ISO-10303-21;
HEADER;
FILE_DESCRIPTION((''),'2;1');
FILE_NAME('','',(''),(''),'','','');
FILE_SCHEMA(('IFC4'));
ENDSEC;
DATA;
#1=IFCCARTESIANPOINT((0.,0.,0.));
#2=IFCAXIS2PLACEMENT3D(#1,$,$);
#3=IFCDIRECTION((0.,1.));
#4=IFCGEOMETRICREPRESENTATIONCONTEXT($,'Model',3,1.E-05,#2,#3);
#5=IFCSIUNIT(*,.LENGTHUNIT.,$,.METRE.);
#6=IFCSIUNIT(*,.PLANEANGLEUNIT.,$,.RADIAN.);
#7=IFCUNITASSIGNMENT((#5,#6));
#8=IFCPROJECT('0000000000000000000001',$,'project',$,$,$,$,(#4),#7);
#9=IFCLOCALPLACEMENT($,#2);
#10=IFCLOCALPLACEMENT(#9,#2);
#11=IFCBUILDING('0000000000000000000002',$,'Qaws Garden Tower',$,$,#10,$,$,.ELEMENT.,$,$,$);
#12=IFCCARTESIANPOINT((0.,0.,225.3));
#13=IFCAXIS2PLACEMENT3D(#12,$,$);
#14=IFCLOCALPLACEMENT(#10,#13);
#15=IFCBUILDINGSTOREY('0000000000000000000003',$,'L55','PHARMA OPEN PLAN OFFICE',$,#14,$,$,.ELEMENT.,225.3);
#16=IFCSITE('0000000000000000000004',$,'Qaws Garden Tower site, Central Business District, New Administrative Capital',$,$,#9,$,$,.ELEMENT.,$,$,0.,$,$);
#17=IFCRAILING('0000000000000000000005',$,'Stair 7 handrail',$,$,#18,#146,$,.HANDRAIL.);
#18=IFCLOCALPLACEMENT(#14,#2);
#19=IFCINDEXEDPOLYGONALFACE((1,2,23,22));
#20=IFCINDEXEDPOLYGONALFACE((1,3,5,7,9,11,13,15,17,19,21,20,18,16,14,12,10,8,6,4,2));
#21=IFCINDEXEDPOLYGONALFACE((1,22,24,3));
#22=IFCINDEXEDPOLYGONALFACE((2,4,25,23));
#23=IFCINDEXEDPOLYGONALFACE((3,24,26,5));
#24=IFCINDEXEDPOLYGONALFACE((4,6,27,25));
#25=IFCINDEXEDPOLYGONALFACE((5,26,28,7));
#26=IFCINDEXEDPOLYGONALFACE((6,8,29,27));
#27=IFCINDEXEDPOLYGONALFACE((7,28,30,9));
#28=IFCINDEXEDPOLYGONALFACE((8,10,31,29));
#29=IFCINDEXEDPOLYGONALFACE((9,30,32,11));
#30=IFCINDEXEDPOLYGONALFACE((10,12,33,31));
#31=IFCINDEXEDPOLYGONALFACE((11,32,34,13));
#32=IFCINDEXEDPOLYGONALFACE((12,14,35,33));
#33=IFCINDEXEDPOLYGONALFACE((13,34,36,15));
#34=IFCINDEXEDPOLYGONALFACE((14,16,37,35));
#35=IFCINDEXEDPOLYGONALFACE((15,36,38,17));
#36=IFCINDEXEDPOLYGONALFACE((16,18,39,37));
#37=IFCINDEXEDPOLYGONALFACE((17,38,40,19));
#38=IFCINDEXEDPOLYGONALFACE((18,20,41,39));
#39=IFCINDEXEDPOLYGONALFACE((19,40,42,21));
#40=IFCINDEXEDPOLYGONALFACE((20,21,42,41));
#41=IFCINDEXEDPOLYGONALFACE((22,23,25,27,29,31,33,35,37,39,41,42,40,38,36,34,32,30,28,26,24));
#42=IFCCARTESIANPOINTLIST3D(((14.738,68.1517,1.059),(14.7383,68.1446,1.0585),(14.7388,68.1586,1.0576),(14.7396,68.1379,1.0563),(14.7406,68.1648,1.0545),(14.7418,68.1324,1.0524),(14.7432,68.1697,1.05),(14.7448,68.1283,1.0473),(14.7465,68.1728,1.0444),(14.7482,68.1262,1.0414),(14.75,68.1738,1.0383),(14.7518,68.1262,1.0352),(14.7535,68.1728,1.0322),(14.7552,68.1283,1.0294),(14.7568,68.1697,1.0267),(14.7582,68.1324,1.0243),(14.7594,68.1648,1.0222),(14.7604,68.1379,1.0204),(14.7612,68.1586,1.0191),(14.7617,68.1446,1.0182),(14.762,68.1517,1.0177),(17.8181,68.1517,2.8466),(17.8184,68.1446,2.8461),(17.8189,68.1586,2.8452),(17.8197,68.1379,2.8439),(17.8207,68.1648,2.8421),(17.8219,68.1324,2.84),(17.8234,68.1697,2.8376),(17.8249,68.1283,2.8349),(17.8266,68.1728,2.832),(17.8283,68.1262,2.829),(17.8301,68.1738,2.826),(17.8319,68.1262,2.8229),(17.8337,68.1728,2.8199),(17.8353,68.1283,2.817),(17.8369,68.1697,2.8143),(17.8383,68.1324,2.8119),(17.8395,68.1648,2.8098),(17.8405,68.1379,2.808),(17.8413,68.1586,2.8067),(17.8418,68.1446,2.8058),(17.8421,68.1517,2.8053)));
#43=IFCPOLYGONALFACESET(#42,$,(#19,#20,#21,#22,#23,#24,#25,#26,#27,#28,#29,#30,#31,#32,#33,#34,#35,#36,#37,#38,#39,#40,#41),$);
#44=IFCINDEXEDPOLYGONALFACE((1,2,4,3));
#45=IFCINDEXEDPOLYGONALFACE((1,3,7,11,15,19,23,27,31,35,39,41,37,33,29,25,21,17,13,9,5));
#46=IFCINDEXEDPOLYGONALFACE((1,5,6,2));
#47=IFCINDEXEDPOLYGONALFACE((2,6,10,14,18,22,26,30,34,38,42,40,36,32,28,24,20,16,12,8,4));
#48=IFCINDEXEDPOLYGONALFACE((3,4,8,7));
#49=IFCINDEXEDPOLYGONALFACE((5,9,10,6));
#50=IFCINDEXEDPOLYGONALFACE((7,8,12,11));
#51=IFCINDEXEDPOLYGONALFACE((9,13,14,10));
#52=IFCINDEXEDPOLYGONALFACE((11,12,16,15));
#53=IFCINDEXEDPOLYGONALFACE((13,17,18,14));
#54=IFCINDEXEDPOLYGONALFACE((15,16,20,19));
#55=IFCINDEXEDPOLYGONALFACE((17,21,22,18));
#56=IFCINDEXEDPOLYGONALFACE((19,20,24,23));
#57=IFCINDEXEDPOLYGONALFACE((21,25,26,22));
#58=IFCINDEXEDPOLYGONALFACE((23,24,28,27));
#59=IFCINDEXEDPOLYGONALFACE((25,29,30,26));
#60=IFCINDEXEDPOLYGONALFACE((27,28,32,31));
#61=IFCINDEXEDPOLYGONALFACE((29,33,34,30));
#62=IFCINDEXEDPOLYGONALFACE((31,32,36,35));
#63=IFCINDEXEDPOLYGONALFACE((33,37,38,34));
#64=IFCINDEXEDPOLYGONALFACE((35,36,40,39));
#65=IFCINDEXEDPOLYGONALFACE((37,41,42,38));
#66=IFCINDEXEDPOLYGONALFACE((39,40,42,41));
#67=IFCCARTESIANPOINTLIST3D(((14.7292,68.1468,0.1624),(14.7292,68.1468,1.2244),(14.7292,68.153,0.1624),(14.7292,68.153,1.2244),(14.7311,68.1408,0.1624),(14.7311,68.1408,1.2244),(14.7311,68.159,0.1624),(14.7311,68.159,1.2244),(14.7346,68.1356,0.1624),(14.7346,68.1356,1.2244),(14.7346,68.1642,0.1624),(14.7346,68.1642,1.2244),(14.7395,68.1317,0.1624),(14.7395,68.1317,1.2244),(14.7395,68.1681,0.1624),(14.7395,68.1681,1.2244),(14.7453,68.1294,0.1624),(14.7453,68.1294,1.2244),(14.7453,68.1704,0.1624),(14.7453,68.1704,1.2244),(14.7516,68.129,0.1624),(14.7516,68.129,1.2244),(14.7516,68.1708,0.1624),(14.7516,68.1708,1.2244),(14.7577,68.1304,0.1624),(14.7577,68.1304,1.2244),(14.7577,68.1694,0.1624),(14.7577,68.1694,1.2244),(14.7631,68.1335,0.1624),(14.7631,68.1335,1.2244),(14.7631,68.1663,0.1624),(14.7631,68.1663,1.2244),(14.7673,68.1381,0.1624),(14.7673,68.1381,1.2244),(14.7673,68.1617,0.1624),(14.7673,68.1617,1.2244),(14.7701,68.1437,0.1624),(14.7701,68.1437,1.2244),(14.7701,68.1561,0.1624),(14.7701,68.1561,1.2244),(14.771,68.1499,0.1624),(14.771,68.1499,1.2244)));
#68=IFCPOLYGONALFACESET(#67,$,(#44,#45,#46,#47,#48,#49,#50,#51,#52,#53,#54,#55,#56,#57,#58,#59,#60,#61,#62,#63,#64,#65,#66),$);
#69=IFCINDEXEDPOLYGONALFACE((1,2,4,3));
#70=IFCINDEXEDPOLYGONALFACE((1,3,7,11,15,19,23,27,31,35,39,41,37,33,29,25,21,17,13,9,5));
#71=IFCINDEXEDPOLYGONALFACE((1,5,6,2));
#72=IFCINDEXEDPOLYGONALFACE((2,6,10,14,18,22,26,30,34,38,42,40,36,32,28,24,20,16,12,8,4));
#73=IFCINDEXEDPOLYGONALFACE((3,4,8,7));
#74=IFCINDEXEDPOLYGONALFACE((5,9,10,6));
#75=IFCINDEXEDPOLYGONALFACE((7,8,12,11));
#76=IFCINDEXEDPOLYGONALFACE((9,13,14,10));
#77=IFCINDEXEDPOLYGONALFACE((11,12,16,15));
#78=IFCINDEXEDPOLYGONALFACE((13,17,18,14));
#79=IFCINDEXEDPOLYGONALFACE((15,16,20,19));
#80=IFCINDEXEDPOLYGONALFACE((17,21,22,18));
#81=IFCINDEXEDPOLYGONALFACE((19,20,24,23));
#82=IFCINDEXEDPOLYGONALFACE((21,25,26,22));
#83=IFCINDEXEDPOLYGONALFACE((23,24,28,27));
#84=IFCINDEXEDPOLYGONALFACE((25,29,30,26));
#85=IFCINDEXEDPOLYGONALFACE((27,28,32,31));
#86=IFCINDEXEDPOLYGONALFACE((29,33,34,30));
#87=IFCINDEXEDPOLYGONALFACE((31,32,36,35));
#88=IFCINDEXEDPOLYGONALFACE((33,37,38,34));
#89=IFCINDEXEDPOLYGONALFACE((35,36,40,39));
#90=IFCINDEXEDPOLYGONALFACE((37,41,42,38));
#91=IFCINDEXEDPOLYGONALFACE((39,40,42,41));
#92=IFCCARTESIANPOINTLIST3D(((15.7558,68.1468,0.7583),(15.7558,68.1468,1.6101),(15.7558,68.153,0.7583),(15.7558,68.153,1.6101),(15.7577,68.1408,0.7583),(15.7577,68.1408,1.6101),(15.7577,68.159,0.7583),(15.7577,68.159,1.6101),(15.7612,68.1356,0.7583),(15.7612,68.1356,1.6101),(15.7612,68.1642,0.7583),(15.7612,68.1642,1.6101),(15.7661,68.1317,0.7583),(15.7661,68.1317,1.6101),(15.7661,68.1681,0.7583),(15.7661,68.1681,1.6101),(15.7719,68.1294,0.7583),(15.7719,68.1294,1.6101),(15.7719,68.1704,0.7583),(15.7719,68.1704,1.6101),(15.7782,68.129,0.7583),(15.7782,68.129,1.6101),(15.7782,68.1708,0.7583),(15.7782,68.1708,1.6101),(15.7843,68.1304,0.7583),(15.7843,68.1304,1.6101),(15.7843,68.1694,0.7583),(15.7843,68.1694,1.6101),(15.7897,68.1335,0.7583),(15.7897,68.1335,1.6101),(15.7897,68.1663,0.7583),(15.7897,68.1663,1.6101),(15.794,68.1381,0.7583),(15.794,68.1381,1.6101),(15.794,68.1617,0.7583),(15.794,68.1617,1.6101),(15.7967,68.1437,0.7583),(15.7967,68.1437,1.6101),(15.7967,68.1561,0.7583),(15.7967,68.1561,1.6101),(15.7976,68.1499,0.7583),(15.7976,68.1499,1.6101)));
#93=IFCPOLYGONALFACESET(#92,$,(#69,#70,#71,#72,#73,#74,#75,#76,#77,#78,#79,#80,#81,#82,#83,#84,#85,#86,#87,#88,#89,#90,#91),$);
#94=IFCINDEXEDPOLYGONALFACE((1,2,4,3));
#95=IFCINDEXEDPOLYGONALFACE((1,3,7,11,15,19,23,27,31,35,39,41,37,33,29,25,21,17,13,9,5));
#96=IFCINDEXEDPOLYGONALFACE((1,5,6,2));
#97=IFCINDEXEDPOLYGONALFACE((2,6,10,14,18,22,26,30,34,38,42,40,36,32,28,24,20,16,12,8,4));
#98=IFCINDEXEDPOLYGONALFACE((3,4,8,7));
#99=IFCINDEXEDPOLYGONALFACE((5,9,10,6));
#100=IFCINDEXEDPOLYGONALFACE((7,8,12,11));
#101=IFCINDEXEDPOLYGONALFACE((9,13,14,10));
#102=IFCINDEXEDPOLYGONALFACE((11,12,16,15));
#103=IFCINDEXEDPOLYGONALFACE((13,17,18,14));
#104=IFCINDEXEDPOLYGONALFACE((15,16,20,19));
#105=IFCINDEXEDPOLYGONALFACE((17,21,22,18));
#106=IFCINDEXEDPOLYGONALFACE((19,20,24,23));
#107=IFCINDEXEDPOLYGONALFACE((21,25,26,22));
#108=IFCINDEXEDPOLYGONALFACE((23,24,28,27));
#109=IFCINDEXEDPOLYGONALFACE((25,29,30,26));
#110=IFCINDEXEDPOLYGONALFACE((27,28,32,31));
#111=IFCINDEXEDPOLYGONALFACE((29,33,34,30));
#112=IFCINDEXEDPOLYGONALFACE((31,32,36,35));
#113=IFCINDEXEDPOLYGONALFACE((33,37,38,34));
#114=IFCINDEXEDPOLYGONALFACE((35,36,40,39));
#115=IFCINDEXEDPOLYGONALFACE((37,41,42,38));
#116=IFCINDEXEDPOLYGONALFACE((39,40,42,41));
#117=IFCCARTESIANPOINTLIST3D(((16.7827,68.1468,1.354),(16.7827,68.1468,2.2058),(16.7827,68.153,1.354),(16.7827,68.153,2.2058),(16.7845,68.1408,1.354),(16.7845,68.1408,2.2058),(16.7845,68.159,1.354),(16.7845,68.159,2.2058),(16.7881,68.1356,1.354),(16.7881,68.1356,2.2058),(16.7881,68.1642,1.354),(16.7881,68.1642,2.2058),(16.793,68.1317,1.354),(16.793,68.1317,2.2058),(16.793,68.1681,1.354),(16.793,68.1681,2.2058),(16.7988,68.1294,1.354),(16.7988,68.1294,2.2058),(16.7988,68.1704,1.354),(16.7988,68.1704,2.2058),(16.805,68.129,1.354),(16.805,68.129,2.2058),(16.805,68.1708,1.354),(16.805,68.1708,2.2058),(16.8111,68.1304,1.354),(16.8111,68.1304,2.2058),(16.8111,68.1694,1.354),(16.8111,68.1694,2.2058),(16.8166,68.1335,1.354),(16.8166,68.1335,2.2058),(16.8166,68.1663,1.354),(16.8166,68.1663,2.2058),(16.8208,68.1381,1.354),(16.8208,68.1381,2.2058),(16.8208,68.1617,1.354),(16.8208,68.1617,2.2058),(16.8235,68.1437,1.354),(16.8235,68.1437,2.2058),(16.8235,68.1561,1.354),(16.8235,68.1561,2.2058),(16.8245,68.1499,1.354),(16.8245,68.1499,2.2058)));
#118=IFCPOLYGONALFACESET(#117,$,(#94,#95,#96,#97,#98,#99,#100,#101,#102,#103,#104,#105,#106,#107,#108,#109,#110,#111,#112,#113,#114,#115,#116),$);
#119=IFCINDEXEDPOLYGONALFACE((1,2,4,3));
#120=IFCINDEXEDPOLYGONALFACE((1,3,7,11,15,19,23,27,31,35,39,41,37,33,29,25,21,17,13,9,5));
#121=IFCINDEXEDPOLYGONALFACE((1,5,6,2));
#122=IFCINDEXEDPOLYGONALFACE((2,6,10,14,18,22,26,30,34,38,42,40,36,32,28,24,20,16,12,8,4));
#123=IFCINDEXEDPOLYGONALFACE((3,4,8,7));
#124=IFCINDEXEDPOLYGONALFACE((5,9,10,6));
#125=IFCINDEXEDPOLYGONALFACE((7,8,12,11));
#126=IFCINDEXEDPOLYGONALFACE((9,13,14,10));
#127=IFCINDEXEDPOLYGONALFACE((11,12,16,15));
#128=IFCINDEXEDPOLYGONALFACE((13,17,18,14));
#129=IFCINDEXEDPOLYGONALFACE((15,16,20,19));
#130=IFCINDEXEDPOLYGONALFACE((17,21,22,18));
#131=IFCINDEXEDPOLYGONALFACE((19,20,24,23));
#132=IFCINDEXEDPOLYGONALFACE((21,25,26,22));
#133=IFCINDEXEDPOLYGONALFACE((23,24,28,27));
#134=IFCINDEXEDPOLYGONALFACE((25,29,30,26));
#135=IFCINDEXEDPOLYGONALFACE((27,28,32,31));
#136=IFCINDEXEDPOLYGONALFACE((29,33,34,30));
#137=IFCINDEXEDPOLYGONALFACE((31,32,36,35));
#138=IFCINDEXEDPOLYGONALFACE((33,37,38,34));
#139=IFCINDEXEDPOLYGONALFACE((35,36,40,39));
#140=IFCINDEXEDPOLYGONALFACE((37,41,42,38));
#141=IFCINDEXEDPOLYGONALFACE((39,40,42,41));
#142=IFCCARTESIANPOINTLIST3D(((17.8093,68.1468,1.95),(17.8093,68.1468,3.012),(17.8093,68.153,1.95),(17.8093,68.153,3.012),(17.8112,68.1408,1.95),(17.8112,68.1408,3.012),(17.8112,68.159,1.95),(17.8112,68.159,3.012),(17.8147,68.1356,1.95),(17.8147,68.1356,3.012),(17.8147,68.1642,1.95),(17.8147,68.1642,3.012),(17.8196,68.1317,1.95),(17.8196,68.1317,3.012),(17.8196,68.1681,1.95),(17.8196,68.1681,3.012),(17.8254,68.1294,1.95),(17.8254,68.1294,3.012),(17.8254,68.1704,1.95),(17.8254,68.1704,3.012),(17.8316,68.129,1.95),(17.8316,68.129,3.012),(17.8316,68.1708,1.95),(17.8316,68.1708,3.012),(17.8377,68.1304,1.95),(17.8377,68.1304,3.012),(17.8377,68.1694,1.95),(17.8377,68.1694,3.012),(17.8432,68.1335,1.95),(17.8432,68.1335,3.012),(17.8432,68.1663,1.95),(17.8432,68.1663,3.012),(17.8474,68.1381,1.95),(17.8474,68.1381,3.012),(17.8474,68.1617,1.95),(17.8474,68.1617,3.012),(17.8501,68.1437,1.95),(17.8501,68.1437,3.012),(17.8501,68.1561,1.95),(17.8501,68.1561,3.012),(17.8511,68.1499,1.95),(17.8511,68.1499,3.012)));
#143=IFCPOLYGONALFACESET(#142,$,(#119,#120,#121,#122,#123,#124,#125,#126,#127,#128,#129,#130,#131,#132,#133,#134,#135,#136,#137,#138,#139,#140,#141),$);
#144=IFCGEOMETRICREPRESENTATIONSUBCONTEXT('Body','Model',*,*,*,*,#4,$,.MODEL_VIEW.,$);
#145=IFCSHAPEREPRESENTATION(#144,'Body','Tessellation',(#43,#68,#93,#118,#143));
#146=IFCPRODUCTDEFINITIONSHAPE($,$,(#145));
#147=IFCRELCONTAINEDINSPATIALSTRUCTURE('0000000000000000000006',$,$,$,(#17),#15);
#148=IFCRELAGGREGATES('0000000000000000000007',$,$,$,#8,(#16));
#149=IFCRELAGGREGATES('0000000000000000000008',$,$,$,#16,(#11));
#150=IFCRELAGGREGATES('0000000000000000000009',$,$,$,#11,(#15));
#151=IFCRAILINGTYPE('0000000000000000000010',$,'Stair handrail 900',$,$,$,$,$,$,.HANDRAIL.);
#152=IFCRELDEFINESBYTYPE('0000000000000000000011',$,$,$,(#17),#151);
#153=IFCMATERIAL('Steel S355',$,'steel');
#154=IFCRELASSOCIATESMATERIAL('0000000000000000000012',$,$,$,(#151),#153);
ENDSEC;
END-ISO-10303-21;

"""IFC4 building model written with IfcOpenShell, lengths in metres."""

from ifc_helpers import new_model, si_unit, direction, frame, origin, origin_2d, place, context, subcontext, project, spatial, circle, extrude, material, type_object, element, save


model = new_model("IFC4")

# Units and contexts
model_context = context("Model", 3, precision=1e-05, world=origin(), true_north=direction((0.0, 1.0)))
body_context = subcontext(model_context, "Body", "Model", "MODEL_VIEW")
ifc_project = project(units=[si_unit("LENGTHUNIT", "METRE"), si_unit("PLANEANGLEUNIT", "RADIAN")], contexts=[model_context])

# Site, building, storey
site_placement = place(None, origin())
site = spatial("IfcSite", under=ifc_project, at=site_placement, Name="Qaws Garden Tower site, Central Business District, New Administrative Capital", CompositionType="ELEMENT", RefElevation=0.0)
building_placement = place(site_placement, origin())
building = spatial("IfcBuilding", under=site, at=building_placement, Name="Qaws Garden Tower", CompositionType="ELEMENT")
storey_placement = place(building_placement, frame((0.0, 0.0, 225.3)))
storey = spatial("IfcBuildingStorey", under=building, at=storey_placement, Name="L55", Description="PHARMA OPEN PLAN OFFICE", CompositionType="ELEMENT", Elevation=225.3)

# Railing
ifc_material_1 = material(Name="Steel S355", Category="steel")
railing_type = type_object("IfcRailingType", Name="Stair handrail 900", PredefinedType="HANDRAIL", material=ifc_material_1)
railing_1_placement = place(storey_placement, frame((14.75, 68.1499, 0.1624)))
element("IfcRailing", 1, at=railing_1_placement, inside=storey, type_object=railing_type, Name="Stair 7 handrail", PredefinedType="HANDRAIL", context=body_context, shape_type="SweptSolid", body=[
    extrude(circle(Radius=0.0239, at=origin_2d()), frame((0.0, 0.0, 0.876), z_axis=(0.864891, 0.0, 0.50196), x_axis=(0.0, 1.0, 0.0)), (0.0, 0.0, 1.0), 3.5613),
    extrude(circle(Radius=0.021, at=origin_2d()), origin(), (0.0, 0.0, 1.0), 1.062),
    extrude(circle(Radius=0.021, at=origin_2d()), frame((1.0266, 0.0, 0.5959)), (0.0, 0.0, 1.0), 0.8518),
    extrude(circle(Radius=0.021, at=origin_2d()), frame((2.0535, 0.0, 1.1917)), (0.0, 0.0, 1.0), 0.8518),
    extrude(circle(Radius=0.021, at=origin_2d()), frame((3.0801, 0.0, 1.7876)), (0.0, 0.0, 1.0), 1.062),
])

save(model, "model.ifc")
